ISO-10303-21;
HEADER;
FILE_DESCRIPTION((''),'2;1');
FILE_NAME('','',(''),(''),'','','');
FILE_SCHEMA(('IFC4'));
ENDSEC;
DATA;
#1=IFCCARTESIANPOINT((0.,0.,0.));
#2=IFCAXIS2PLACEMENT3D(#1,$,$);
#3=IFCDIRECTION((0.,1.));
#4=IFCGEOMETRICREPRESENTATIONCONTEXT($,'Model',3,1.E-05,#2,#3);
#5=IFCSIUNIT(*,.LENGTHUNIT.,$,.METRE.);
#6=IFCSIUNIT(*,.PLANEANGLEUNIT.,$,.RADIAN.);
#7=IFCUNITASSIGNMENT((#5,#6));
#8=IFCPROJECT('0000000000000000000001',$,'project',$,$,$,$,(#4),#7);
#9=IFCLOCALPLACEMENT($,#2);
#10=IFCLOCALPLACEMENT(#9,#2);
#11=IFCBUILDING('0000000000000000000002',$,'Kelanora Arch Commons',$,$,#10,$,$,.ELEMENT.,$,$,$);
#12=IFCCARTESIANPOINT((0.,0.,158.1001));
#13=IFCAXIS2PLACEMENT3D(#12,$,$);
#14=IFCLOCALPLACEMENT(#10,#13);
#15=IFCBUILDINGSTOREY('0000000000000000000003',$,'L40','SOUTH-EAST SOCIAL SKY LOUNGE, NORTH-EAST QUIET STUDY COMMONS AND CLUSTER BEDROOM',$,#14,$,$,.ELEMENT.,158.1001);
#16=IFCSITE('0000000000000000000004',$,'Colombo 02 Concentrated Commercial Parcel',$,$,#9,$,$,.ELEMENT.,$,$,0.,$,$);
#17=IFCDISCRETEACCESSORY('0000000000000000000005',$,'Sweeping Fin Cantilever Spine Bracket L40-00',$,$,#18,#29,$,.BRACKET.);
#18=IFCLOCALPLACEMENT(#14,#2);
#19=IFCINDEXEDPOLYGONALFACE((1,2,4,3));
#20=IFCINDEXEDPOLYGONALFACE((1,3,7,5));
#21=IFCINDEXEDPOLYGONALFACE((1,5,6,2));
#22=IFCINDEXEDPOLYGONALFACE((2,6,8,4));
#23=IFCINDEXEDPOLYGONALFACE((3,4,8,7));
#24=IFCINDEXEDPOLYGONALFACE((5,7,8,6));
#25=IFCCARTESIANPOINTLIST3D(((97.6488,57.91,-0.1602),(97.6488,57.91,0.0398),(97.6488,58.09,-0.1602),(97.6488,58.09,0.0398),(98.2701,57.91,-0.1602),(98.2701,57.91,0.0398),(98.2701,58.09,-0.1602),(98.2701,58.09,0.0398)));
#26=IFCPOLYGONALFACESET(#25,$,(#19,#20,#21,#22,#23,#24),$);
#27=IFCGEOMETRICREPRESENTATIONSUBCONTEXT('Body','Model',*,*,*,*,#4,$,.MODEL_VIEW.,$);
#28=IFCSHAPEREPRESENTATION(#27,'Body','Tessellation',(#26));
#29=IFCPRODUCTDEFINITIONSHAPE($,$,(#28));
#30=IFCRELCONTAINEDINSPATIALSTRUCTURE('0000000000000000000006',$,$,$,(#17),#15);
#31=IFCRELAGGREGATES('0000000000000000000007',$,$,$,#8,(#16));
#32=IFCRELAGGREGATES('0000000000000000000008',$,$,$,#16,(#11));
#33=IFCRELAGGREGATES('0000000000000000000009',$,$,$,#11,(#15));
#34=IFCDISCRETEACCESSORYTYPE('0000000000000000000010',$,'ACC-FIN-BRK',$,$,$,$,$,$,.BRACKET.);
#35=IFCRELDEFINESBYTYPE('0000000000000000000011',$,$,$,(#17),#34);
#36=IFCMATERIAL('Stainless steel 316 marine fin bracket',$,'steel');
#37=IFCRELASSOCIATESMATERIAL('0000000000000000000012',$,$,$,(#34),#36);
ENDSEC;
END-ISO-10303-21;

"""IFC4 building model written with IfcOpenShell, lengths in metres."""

from ifc_helpers import new_model, si_unit, direction, frame, origin, origin_2d, place, context, subcontext, project, spatial, rectangle, extrude, source, transform, mapped, material, type_object, element, save


model = new_model("IFC4")

# Units and contexts
model_context = context("Model", 3, precision=1e-05, world=origin(), true_north=direction((0.0, 1.0)))
body_context = subcontext(model_context, "Body", "Model", "MODEL_VIEW")
ifc_project = project(units=[si_unit("LENGTHUNIT", "METRE"), si_unit("PLANEANGLEUNIT", "RADIAN")], contexts=[model_context])

# Site, building, storey
site_placement = place(None, origin())
site = spatial("IfcSite", under=ifc_project, at=site_placement, Name="Colombo 02 Concentrated Commercial Parcel", CompositionType="ELEMENT", RefElevation=0.0)
building_placement = place(site_placement, origin())
building = spatial("IfcBuilding", under=site, at=building_placement, Name="Kelanora Arch Commons", CompositionType="ELEMENT")
storey_placement = place(building_placement, frame((0.0, 0.0, 158.1001)))
storey = spatial("IfcBuildingStorey", under=building, at=storey_placement, Name="L40", Description="SOUTH-EAST SOCIAL SKY LOUNGE, NORTH-EAST QUIET STUDY COMMONS AND CLUSTER BEDROOM", CompositionType="ELEMENT", Elevation=158.1001)

# Discrete accessory
ifc_material_1 = material(Name="Stainless steel 316 marine fin bracket", Category="steel")
discrete_accessory_type = type_object("IfcDiscreteAccessoryType", Name="ACC-FIN-BRK", PredefinedType="BRACKET", material=ifc_material_1)
shared_shape_1 = source(origin(), body_context, "Body", "SweptSolid", [
    extrude(rectangle(XDim=0.6213, YDim=0.1799, at=origin_2d()), origin(), (0.0, 0.0, 1.0), 0.2),
])
discrete_accessory_placement = place(storey_placement, frame((97.9595, 58.0, -0.1602), z_axis=(0.0, 0.0, 1.0), x_axis=(1.0, 0.0, 0.0)))
element("IfcDiscreteAccessory", 1, at=discrete_accessory_placement, inside=storey, type_object=discrete_accessory_type, Name="Sweeping Fin Cantilever Spine Bracket L40-00", PredefinedType="BRACKET", context=body_context, shape_type="MappedRepresentation", body=[
    mapped(shared_shape_1, transform((0.0, 0.0, 0.0), scale=1.0)),
])

save(model, "model.ifc")
